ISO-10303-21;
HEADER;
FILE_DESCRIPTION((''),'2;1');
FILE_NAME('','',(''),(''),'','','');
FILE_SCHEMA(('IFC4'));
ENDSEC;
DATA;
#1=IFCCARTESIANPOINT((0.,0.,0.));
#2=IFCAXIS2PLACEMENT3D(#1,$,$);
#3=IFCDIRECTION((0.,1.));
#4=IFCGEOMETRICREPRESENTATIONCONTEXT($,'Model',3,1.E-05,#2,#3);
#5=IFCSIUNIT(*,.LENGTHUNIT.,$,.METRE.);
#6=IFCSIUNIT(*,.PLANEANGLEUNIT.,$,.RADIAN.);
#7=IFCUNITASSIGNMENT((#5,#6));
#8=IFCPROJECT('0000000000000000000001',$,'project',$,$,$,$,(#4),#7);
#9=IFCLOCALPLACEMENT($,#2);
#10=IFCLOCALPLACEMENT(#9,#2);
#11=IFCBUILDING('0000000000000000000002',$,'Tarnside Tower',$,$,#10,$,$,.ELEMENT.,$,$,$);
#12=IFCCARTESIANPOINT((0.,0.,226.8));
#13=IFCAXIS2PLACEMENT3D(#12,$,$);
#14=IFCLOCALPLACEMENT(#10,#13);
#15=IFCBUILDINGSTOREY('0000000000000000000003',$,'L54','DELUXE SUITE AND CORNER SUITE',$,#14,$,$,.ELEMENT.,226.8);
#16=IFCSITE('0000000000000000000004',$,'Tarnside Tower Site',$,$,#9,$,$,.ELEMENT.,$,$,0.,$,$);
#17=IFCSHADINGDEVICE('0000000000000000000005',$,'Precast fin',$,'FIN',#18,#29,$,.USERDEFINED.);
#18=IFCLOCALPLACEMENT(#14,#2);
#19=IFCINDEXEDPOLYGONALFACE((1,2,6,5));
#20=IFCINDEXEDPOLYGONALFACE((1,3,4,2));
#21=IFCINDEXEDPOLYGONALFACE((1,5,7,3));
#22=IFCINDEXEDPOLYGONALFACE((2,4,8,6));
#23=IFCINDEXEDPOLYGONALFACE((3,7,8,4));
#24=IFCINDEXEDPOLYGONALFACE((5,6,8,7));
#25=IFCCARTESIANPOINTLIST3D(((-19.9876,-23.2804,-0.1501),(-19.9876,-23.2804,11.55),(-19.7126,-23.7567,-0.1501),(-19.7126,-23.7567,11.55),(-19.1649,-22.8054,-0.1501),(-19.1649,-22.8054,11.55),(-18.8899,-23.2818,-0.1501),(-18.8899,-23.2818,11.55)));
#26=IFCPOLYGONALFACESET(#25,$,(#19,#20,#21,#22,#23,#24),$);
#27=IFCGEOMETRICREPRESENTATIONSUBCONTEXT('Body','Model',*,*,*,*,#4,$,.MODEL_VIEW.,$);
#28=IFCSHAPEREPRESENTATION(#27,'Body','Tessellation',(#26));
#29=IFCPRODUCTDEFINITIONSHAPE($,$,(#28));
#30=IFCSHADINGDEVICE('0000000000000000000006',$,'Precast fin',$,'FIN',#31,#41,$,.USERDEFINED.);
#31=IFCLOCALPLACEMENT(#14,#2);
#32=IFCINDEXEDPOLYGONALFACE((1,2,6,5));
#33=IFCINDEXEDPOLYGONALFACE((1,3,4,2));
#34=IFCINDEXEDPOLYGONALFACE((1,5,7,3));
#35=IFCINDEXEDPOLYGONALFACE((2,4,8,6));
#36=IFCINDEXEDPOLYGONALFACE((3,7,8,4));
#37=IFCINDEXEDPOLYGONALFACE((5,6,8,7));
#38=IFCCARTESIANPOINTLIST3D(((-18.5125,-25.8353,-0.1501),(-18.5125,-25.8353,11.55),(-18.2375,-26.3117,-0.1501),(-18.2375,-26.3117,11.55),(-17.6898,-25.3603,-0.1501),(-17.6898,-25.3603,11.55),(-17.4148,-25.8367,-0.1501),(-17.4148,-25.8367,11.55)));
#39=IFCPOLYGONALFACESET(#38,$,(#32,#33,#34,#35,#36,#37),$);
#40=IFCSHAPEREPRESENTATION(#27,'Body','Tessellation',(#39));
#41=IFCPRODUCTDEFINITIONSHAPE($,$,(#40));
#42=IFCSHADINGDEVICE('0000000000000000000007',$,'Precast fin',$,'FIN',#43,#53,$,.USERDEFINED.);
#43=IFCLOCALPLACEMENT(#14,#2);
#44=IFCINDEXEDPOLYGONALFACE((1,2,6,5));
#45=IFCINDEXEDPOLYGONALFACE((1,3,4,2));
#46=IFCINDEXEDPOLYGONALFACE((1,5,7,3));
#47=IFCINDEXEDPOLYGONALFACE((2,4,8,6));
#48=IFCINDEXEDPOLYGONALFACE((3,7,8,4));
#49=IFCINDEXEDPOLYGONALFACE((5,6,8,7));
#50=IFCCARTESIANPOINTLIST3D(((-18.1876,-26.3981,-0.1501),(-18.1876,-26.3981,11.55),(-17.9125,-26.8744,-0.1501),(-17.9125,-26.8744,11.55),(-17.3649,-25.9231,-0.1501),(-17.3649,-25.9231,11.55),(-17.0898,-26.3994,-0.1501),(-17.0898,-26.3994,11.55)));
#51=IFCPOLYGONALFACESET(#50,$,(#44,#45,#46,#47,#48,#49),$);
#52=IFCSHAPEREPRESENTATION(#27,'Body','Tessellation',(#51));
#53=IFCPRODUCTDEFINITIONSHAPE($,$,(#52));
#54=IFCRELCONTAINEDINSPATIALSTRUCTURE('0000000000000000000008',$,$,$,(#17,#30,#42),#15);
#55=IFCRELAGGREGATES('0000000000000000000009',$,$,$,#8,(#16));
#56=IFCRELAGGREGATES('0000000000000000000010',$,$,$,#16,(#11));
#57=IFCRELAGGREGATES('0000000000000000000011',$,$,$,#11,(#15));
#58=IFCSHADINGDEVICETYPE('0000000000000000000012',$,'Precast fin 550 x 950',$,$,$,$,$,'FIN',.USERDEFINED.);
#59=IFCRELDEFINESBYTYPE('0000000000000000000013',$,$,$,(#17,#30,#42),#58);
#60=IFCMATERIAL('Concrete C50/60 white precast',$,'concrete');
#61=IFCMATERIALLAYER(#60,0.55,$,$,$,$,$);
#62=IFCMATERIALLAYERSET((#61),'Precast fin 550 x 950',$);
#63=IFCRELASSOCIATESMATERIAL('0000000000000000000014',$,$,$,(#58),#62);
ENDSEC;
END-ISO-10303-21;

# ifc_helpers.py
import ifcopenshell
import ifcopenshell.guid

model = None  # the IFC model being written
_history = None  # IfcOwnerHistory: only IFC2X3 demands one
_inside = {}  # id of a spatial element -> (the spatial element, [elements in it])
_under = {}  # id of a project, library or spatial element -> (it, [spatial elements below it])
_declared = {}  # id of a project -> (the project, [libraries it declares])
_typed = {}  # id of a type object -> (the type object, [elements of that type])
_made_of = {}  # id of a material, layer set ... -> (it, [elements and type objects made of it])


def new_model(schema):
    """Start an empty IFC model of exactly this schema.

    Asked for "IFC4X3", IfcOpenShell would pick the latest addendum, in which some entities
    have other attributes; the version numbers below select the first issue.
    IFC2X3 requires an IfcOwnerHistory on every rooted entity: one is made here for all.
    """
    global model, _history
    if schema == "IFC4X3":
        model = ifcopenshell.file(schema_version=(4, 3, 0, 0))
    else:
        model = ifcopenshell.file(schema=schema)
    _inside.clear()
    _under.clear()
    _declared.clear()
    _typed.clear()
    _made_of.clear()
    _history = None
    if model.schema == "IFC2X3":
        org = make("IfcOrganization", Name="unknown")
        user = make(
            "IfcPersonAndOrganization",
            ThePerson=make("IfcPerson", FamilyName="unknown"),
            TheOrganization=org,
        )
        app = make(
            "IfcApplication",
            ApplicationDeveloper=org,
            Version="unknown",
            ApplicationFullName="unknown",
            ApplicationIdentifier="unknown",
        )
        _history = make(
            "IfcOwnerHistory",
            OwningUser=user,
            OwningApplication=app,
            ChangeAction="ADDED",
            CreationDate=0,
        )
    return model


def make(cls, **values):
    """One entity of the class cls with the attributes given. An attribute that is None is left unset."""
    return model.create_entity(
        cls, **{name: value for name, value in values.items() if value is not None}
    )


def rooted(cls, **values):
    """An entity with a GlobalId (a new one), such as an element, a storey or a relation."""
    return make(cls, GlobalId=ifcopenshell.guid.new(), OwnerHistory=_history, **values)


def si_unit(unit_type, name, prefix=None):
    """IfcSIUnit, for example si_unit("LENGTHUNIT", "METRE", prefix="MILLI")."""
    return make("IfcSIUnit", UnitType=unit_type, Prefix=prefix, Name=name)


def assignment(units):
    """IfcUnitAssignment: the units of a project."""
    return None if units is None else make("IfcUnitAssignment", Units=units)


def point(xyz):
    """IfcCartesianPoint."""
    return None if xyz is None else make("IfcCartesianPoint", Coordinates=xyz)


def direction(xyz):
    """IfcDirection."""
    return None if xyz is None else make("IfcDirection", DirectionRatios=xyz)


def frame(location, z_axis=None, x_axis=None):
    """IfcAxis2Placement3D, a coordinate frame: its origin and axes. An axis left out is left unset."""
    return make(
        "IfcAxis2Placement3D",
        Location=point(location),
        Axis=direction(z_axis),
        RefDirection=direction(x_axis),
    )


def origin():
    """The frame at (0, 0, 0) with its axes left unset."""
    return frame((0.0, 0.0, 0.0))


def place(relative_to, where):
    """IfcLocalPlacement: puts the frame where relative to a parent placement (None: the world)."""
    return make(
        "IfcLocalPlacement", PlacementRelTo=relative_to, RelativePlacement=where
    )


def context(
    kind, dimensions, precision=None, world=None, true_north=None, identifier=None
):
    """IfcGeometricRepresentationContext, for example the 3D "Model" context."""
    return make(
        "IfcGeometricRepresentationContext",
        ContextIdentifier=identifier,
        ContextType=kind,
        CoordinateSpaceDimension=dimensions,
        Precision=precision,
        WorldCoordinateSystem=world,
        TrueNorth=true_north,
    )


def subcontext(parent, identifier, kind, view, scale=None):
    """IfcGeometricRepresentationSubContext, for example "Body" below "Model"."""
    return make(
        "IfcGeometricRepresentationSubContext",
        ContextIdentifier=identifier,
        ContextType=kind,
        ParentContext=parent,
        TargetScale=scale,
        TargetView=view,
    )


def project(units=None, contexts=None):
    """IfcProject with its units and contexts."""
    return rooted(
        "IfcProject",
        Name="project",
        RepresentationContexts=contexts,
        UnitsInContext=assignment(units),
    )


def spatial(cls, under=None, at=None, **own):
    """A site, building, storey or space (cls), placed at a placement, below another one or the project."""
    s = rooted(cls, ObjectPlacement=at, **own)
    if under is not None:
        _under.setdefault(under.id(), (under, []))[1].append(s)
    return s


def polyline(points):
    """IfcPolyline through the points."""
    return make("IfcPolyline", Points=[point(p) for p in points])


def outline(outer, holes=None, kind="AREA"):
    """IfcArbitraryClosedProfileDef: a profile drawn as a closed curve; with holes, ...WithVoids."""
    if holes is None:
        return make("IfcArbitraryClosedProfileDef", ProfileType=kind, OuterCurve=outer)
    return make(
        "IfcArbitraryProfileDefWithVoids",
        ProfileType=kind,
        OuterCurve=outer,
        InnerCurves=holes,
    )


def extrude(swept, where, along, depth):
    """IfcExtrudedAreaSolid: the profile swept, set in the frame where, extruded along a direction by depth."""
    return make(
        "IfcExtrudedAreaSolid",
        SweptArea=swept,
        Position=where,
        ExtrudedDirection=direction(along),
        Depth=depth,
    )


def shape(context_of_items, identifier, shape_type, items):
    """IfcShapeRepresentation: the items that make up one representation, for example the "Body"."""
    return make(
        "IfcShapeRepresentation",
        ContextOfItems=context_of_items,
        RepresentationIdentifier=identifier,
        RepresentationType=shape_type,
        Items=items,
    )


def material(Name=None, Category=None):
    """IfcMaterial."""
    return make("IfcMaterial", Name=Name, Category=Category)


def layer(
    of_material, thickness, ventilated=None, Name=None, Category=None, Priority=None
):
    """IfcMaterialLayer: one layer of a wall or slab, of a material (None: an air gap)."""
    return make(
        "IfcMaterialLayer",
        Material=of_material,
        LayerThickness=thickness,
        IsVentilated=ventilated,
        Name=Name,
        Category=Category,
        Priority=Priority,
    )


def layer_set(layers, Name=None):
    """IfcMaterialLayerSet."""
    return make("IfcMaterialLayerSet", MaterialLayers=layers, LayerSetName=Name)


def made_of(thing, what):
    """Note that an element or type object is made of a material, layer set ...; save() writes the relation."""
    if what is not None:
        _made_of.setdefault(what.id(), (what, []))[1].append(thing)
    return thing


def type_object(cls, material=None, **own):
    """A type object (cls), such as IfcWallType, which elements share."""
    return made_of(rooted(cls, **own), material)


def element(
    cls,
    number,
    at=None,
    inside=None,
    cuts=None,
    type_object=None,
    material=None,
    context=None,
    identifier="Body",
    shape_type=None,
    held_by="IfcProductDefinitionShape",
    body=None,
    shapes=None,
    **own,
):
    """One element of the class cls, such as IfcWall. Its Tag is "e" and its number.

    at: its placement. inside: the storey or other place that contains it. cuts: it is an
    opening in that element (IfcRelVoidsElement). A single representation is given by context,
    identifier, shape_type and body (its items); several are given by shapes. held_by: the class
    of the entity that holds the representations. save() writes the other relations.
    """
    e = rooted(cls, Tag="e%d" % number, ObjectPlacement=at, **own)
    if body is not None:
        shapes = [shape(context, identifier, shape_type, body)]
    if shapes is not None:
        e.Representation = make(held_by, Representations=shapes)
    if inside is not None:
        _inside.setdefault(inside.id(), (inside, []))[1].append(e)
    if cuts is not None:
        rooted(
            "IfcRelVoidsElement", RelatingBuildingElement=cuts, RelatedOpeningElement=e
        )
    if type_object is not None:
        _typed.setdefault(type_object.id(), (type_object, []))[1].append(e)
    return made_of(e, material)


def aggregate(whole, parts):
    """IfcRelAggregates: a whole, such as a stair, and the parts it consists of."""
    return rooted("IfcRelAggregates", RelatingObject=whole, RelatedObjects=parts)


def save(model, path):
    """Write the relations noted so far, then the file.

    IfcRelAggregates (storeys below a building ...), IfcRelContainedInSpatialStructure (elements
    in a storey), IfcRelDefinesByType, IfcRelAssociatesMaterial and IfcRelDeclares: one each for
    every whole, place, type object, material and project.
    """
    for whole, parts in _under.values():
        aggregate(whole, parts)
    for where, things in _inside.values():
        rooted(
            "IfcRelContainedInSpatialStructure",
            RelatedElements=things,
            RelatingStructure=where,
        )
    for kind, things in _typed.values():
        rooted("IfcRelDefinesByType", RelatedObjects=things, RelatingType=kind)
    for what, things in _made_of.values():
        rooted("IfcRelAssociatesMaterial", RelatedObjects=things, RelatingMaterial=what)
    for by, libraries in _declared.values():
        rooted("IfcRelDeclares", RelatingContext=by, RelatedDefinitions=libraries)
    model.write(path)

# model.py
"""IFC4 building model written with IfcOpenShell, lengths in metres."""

from ifc_helpers import new_model, si_unit, direction, frame, origin, place, context, subcontext, project, spatial, polyline, outline, extrude, material, layer, layer_set, type_object, element, save


model = new_model("IFC4")

# Units and contexts
model_context = context("Model", 3, precision=1e-05, world=origin(), true_north=direction((0.0, 1.0)))
body_context = subcontext(model_context, "Body", "Model", "MODEL_VIEW")
ifc_project = project(units=[si_unit("LENGTHUNIT", "METRE"), si_unit("PLANEANGLEUNIT", "RADIAN")], contexts=[model_context])

# Site, building, storey
site_placement = place(None, origin())
site = spatial("IfcSite", under=ifc_project, at=site_placement, Name="Tarnside Tower Site", CompositionType="ELEMENT", RefElevation=0.0)
building_placement = place(site_placement, origin())
building = spatial("IfcBuilding", under=site, at=building_placement, Name="Tarnside Tower", CompositionType="ELEMENT")
storey_placement = place(building_placement, frame((0.0, 0.0, 226.8)))
storey = spatial("IfcBuildingStorey", under=building, at=storey_placement, Name="L54", Description="DELUXE SUITE AND CORNER SUITE", CompositionType="ELEMENT", Elevation=226.8)

# Shading devices
ifc_material_1 = material(Name="Concrete C50/60 white precast", Category="concrete")
ifc_layer_1 = layer(ifc_material_1, 0.55)
ifc_layer_set_1 = layer_set([ifc_layer_1], Name="Precast fin 550 x 950")
shading_device_type_1 = type_object("IfcShadingDeviceType", Name="Precast fin 550 x 950", ElementType="FIN", PredefinedType="USERDEFINED", material=ifc_layer_set_1)
for number, where, z_axis, x_axis, name in (
    (1, (-19.0273, -23.0437, -0.1501), (-0.5, 0.866025, 0.0), (-0.866025, -0.5, 0.0), "Precast fin"),
    (2, (-17.5522, -25.5986, -0.1501), (-0.5, 0.866025, 0.0), (-0.866025, -0.5, 0.0), "Precast fin"),
    (3, (-17.2273, -26.1614, -0.1501), (-0.5, 0.866025, 0.0), (-0.866025, -0.5, 0.0), "Precast fin"),
):
    element("IfcShadingDevice", number, at=place(storey_placement, frame(where, z_axis=z_axis, x_axis=x_axis)), inside=storey, type_object=shading_device_type_1, Name=name, ObjectType="FIN", PredefinedType="USERDEFINED", context=body_context, shape_type="SweptSolid", body=[
        extrude(outline(polyline([(0.0, 0.0), (0.95, 0.0), (0.95, 11.7002), (0.0, 11.7002), (0.0, 0.0)])), frame((0.0, 0.0, -0.2749)), (0.0, 0.0, 1.0), 0.55),
    ])

save(model, "model.ifc")
